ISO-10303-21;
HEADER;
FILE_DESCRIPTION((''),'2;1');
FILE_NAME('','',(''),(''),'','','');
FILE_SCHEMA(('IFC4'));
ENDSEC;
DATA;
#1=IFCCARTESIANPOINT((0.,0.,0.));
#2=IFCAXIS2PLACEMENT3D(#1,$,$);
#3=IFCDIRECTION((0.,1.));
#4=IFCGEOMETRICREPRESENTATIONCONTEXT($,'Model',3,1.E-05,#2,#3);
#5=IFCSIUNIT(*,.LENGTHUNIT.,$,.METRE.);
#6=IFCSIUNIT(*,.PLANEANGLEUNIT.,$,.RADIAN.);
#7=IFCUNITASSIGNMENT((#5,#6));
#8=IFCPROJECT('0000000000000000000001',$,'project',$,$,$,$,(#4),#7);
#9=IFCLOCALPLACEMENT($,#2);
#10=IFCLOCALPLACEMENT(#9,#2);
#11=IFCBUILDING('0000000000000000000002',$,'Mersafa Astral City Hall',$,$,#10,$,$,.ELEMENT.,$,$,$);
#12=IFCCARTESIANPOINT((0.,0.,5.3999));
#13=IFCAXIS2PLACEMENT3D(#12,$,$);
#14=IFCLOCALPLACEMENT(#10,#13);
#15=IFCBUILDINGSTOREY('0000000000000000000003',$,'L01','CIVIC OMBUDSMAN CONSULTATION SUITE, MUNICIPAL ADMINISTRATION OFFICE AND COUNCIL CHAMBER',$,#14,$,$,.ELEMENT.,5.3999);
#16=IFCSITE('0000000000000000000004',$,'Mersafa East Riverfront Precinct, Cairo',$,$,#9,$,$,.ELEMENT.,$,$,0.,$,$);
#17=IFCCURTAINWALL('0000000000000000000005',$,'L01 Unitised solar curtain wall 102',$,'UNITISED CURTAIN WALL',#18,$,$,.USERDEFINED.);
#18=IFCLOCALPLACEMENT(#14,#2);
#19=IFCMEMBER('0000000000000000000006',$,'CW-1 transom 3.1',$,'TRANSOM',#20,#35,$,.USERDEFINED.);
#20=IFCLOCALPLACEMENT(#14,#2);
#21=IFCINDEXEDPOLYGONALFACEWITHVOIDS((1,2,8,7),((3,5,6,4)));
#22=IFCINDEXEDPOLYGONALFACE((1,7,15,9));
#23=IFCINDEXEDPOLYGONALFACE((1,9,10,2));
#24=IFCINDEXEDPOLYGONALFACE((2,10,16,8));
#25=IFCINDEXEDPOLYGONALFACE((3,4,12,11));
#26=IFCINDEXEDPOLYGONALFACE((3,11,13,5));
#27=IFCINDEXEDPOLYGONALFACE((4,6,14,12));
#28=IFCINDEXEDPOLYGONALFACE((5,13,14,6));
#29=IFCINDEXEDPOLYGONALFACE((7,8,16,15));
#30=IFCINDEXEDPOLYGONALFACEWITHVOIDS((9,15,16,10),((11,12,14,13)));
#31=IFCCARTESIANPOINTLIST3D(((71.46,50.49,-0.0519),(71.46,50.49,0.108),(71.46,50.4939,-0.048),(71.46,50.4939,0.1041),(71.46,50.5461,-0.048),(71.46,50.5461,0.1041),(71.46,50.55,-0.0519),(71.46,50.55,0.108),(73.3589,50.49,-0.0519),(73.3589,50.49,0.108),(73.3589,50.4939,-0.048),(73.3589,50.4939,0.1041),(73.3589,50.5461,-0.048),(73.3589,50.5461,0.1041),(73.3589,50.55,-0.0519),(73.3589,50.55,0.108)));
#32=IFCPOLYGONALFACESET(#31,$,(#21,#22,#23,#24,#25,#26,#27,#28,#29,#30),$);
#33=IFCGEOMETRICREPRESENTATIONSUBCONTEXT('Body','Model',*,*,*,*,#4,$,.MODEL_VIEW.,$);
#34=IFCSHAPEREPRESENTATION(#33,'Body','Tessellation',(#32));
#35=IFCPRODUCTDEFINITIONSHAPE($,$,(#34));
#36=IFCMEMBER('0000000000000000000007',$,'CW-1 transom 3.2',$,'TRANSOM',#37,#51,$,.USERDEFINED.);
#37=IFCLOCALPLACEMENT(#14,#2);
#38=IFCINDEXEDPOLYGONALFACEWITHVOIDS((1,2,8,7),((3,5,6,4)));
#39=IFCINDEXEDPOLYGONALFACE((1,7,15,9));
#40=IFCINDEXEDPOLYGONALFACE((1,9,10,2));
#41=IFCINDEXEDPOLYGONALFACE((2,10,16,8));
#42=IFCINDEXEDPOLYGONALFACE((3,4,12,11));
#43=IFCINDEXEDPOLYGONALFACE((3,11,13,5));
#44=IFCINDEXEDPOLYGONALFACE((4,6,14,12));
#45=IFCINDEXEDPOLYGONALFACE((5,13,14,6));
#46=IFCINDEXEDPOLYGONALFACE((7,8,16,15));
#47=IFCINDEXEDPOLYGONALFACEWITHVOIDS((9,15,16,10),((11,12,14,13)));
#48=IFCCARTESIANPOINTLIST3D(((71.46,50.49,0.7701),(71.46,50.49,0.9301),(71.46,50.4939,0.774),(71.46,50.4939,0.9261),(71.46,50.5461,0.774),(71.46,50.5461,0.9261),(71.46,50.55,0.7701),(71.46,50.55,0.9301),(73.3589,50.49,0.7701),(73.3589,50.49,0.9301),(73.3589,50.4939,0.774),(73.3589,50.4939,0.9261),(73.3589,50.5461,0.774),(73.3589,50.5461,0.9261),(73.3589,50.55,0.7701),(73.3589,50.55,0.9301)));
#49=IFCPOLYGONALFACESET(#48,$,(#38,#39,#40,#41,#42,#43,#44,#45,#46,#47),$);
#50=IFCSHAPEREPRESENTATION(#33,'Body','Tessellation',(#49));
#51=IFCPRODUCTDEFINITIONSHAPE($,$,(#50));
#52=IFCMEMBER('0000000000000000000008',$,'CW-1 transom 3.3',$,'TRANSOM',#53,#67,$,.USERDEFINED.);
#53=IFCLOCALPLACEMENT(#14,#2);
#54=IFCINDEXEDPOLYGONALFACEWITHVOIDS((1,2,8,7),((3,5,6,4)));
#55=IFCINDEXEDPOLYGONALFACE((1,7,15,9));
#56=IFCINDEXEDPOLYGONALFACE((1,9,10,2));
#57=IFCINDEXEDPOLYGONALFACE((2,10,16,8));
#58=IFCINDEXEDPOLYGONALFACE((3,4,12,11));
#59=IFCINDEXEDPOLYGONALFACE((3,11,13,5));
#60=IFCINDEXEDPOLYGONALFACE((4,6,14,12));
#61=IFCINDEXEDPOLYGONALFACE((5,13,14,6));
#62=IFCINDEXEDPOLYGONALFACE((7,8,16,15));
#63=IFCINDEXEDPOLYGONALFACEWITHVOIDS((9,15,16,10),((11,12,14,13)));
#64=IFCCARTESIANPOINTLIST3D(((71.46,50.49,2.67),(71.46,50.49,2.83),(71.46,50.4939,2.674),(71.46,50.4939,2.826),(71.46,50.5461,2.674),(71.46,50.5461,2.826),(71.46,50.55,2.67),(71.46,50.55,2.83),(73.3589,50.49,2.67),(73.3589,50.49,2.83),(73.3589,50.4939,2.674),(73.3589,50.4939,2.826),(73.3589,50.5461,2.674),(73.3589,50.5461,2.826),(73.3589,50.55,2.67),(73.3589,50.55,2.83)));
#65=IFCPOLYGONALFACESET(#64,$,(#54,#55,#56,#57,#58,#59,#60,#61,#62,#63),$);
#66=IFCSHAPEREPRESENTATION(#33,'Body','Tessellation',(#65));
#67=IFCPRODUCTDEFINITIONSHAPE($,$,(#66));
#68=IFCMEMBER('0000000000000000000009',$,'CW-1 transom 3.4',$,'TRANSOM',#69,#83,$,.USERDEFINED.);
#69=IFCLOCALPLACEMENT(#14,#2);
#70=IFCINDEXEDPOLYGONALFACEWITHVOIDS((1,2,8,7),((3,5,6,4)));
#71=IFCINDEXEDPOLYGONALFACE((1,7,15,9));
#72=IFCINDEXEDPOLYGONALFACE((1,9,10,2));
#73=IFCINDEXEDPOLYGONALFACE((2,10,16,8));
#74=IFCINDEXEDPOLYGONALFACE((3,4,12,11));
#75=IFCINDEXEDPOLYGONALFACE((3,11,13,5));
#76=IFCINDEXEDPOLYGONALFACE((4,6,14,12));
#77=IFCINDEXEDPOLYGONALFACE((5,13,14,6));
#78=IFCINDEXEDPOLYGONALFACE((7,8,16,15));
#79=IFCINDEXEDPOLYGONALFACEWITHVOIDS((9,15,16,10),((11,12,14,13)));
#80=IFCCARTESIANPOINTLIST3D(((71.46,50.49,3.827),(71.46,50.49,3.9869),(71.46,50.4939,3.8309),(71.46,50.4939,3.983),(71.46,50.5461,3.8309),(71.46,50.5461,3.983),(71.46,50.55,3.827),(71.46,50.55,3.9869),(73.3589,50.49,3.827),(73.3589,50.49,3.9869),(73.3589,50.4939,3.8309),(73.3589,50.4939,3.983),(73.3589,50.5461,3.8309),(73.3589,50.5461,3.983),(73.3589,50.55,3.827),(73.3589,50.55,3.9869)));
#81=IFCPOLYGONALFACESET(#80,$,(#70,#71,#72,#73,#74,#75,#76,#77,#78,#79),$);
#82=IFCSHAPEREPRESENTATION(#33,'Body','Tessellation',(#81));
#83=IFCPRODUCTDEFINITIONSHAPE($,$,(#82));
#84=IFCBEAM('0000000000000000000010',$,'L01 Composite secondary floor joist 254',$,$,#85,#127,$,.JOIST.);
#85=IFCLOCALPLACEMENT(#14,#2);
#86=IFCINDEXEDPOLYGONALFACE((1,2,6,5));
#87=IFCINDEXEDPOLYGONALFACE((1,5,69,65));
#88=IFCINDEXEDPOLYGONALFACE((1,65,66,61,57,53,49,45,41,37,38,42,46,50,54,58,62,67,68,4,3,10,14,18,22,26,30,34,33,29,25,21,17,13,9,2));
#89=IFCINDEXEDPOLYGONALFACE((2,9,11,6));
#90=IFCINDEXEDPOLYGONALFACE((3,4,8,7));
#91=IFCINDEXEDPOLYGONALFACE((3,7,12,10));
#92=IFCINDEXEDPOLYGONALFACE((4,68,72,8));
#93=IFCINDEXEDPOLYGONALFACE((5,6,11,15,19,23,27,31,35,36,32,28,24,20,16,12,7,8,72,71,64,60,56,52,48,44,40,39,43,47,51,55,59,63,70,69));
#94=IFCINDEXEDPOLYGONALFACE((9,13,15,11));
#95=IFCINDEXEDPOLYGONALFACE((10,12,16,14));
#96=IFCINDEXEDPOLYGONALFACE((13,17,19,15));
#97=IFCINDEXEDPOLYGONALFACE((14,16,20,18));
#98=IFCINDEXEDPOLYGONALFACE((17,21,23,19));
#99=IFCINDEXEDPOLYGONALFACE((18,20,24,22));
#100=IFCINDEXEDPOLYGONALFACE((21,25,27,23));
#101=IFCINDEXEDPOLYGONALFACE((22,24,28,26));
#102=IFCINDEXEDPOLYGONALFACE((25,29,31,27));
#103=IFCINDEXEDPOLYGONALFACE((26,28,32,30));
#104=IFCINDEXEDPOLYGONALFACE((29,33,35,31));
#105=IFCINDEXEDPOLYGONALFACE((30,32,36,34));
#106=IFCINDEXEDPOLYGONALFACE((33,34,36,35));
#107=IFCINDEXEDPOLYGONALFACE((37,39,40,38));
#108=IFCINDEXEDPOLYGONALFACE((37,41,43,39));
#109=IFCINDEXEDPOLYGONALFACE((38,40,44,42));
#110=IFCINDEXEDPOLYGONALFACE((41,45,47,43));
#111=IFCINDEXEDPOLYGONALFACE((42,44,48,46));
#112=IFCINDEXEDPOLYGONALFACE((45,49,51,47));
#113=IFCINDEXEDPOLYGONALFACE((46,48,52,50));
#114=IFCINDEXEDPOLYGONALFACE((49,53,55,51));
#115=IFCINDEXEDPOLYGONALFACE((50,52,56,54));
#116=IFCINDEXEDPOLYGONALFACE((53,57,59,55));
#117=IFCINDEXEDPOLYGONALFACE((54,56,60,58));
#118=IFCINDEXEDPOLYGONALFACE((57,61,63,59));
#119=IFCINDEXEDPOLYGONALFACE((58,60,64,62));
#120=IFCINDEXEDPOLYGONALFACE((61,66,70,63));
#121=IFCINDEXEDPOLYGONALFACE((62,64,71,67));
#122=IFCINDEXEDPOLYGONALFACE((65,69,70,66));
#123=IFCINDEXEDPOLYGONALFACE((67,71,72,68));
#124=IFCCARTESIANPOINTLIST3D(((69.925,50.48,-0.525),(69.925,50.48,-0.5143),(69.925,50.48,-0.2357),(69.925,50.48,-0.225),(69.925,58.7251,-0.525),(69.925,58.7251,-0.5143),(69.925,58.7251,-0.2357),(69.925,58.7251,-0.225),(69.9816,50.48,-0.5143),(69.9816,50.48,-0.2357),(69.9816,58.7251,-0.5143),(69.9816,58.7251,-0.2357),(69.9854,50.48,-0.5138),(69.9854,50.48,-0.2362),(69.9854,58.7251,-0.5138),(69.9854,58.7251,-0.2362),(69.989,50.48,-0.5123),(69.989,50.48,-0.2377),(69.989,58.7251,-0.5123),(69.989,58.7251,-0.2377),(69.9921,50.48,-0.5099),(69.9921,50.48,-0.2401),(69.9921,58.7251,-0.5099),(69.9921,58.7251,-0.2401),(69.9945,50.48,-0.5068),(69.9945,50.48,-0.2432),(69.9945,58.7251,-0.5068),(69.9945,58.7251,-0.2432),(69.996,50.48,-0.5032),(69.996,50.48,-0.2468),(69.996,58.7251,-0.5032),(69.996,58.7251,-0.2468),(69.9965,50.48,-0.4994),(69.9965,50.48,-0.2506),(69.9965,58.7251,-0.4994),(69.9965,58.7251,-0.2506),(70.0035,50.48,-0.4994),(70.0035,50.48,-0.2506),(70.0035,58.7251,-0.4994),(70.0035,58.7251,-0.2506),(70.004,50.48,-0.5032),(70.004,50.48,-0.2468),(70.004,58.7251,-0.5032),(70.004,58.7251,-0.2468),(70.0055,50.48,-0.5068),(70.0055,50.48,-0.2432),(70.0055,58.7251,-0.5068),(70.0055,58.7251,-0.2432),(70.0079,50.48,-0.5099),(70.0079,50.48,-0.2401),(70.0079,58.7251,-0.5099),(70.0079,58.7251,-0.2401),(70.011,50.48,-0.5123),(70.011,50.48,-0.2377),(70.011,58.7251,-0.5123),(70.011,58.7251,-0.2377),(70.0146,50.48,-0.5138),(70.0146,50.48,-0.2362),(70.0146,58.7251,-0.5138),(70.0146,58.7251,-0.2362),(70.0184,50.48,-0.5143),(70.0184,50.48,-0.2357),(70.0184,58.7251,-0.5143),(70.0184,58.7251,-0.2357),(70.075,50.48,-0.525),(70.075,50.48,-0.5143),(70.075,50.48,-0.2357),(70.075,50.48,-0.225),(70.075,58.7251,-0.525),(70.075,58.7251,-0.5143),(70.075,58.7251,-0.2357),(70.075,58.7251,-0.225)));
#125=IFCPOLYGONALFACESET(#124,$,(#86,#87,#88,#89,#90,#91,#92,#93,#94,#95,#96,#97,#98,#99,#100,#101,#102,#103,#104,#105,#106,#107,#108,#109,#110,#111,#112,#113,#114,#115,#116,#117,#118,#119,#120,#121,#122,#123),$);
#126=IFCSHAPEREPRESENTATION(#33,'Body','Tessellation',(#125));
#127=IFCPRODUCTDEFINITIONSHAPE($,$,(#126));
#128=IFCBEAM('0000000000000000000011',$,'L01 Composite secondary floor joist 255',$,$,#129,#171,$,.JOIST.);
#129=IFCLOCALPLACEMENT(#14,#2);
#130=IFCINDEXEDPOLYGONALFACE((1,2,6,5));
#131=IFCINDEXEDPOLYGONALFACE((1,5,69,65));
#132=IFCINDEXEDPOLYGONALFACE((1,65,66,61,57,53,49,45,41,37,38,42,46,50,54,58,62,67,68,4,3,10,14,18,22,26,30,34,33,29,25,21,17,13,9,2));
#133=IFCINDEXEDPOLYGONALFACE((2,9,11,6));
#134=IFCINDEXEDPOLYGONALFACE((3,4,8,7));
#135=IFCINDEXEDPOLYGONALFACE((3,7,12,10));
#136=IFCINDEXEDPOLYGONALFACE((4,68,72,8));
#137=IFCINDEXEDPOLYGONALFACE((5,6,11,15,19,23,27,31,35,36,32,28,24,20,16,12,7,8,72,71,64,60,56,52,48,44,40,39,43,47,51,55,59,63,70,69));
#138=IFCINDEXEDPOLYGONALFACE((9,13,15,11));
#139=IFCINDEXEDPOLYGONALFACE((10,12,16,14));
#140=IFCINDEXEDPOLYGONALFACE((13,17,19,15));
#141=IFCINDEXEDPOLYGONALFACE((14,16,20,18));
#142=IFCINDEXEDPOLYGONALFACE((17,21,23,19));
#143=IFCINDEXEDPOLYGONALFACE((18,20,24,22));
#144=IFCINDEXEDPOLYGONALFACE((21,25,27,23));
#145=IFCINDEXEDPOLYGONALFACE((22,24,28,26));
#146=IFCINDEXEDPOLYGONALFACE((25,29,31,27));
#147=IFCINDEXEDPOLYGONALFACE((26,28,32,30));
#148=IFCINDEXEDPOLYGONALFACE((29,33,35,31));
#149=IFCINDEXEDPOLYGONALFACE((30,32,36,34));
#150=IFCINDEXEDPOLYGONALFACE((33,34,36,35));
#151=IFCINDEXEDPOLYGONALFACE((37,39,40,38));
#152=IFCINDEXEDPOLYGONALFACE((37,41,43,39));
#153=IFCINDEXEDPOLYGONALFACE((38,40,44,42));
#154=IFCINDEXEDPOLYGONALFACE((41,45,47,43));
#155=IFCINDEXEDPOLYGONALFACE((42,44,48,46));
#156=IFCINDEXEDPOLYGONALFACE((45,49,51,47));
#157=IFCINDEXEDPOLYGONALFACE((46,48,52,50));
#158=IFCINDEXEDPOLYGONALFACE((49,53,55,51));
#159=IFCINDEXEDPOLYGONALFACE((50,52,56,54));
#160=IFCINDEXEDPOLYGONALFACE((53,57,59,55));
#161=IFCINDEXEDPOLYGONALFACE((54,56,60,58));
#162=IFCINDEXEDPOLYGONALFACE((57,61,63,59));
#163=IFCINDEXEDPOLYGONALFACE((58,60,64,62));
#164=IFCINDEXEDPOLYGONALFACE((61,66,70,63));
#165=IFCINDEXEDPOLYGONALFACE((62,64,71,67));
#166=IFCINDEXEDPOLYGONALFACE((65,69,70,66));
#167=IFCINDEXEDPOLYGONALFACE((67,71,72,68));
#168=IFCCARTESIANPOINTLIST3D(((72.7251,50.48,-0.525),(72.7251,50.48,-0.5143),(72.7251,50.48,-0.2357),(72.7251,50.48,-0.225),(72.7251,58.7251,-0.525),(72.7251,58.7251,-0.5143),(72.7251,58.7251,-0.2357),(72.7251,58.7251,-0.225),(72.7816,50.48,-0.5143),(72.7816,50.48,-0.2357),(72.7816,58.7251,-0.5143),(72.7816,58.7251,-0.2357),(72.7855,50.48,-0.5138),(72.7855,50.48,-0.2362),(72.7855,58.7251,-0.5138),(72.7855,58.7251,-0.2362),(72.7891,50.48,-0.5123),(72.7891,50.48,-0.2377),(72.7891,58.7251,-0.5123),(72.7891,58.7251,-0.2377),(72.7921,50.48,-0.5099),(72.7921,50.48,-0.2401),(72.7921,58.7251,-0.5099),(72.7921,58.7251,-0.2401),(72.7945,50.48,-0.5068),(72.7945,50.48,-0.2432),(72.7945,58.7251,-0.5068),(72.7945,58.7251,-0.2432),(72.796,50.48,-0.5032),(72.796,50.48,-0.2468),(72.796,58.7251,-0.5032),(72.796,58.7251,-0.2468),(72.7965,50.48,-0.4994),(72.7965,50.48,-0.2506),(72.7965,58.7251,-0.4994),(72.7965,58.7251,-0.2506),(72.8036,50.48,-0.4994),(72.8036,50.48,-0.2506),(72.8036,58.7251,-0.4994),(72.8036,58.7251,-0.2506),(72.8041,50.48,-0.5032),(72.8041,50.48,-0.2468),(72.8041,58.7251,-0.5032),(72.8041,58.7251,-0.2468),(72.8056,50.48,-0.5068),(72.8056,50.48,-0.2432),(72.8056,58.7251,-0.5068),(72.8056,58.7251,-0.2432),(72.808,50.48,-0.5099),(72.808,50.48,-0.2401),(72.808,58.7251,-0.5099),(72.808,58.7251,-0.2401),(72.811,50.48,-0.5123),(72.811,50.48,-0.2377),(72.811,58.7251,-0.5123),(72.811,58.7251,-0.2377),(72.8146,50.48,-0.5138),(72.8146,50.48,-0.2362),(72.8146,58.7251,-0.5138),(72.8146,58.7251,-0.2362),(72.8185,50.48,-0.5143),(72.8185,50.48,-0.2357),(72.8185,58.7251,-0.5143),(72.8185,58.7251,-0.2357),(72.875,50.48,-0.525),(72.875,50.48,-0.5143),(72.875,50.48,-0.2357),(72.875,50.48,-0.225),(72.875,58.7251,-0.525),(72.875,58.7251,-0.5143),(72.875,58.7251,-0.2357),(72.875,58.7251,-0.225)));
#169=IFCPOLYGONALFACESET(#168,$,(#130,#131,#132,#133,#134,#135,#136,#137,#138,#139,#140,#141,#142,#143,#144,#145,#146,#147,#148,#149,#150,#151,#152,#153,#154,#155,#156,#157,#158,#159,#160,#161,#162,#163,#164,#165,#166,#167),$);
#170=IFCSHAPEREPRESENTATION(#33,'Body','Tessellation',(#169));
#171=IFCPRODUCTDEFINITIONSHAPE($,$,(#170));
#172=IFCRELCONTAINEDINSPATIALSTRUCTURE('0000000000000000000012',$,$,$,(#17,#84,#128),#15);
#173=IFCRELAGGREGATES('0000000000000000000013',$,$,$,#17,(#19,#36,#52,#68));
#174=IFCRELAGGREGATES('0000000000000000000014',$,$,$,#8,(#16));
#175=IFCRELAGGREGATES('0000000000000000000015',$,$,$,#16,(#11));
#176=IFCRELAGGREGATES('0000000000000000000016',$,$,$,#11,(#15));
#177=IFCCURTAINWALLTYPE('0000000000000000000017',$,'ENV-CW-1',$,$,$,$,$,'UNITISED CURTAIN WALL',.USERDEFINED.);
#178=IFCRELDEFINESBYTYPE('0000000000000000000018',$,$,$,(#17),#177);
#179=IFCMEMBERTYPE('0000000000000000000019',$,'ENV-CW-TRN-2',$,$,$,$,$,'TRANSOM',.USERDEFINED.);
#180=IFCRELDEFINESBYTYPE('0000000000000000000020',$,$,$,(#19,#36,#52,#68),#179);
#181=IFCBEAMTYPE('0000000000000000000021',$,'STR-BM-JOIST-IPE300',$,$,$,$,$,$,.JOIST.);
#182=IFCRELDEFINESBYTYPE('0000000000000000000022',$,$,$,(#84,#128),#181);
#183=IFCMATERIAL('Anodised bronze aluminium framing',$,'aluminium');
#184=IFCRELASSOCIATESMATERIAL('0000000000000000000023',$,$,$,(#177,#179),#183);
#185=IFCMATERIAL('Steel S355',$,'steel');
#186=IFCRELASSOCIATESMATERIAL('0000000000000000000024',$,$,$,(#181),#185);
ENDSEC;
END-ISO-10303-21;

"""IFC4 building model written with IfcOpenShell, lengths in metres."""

from ifc_helpers import new_model, si_unit, direction, frame, origin, origin_2d, place, context, subcontext, project, spatial, hollow_rectangle, i_section, extrude, material, material_profile, profile_set, type_object, element, aggregate, save


model = new_model("IFC4")

# Units and contexts
model_context = context("Model", 3, precision=1e-05, world=origin(), true_north=direction((0.0, 1.0)))
body_context = subcontext(model_context, "Body", "Model", "MODEL_VIEW")
ifc_project = project(units=[si_unit("LENGTHUNIT", "METRE"), si_unit("PLANEANGLEUNIT", "RADIAN")], contexts=[model_context])

# Site, building, storey
site_placement = place(None, origin())
site = spatial("IfcSite", under=ifc_project, at=site_placement, Name="Mersafa East Riverfront Precinct, Cairo", CompositionType="ELEMENT", RefElevation=0.0)
building_placement = place(site_placement, origin())
building = spatial("IfcBuilding", under=site, at=building_placement, Name="Mersafa Astral City Hall", CompositionType="ELEMENT")
storey_placement = place(building_placement, frame((0.0, 0.0, 5.3999)))
storey = spatial("IfcBuildingStorey", under=building, at=storey_placement, Name="L01", Description="CIVIC OMBUDSMAN CONSULTATION SUITE, MUNICIPAL ADMINISTRATION OFFICE AND COUNCIL CHAMBER", CompositionType="ELEMENT", Elevation=5.3999)

# Curtain wall, members
ifc_material_1 = material(Name="Anodised bronze aluminium framing", Category="aluminium")
curtain_wall_type = type_object("IfcCurtainWallType", Name="ENV-CW-1", ElementType="UNITISED CURTAIN WALL", PredefinedType="USERDEFINED", material=ifc_material_1)
curtain_wall_placement = place(storey_placement, origin())
curtain_wall = element("IfcCurtainWall", 1, at=curtain_wall_placement, inside=storey, type_object=curtain_wall_type, Name="L01 Unitised solar curtain wall 102", ObjectType="UNITISED CURTAIN WALL", PredefinedType="USERDEFINED")
ifc_material_profile_1 = material_profile(ifc_material_1, hollow_rectangle(XDim=0.0601, YDim=0.1599, WallThickness=0.0039, at=origin_2d()), Name="RHS 60x160x4")
ifc_profile_set_1 = profile_set([ifc_material_profile_1], Name="Anodised bronze aluminium framing")
member_type_1 = type_object("IfcMemberType", Name="ENV-CW-TRN-2", ElementType="TRANSOM", PredefinedType="USERDEFINED", material=ifc_profile_set_1)
member_1_placement = place(storey_placement, frame((71.46, 50.52, 0.0281), z_axis=(1.0, 0.0, 0.0), x_axis=(0.0, 1.0, 0.0)))
member_1 = element("IfcMember", 2, at=member_1_placement, type_object=member_type_1, Name="CW-1 transom 3.1", ObjectType="TRANSOM", PredefinedType="USERDEFINED", context=body_context, shape_type="SweptSolid", body=[
    extrude(hollow_rectangle(XDim=0.0601, YDim=0.1599, WallThickness=0.0039, at=origin_2d()), origin(), (0.0, 0.0, 1.0), 1.8989),
])
member_2_placement = place(storey_placement, frame((71.46, 50.52, 0.8501), z_axis=(1.0, 0.0, 0.0), x_axis=(0.0, 1.0, 0.0)))
member_2 = element("IfcMember", 3, at=member_2_placement, type_object=member_type_1, Name="CW-1 transom 3.2", ObjectType="TRANSOM", PredefinedType="USERDEFINED", context=body_context, shape_type="SweptSolid", body=[
    extrude(hollow_rectangle(XDim=0.0601, YDim=0.1599, WallThickness=0.0039, at=origin_2d()), origin(), (0.0, 0.0, 1.0), 1.8989),
])
member_3_placement = place(storey_placement, frame((71.46, 50.52, 2.75), z_axis=(1.0, 0.0, 0.0), x_axis=(0.0, 1.0, 0.0)))
member_3 = element("IfcMember", 4, at=member_3_placement, type_object=member_type_1, Name="CW-1 transom 3.3", ObjectType="TRANSOM", PredefinedType="USERDEFINED", context=body_context, shape_type="SweptSolid", body=[
    extrude(hollow_rectangle(XDim=0.0601, YDim=0.1599, WallThickness=0.0039, at=origin_2d()), origin(), (0.0, 0.0, 1.0), 1.8989),
])
member_4_placement = place(storey_placement, frame((71.46, 50.52, 3.907), z_axis=(1.0, 0.0, 0.0), x_axis=(0.0, 1.0, 0.0)))
member_4 = element("IfcMember", 5, at=member_4_placement, type_object=member_type_1, Name="CW-1 transom 3.4", ObjectType="TRANSOM", PredefinedType="USERDEFINED", context=body_context, shape_type="SweptSolid", body=[
    extrude(hollow_rectangle(XDim=0.0601, YDim=0.1599, WallThickness=0.0039, at=origin_2d()), origin(), (0.0, 0.0, 1.0), 1.8989),
])

# Beams
ifc_material_2 = material(Name="Steel S355", Category="steel")
ifc_material_profile_2 = material_profile(ifc_material_2, i_section(OverallWidth=0.1499, OverallDepth=0.3, WebThickness=0.0071, FlangeThickness=0.0107, FilletRadius=0.0149, at=origin_2d()), Name="IPE 300")
ifc_profile_set_2 = profile_set([ifc_material_profile_2], Name="Steel S355")
beam_type_1 = type_object("IfcBeamType", Name="STR-BM-JOIST-IPE300", PredefinedType="JOIST", material=ifc_profile_set_2)
for number, where, z_axis, x_axis, name in (
    (6, (70.0, 50.48, -0.375), (0.0, 1.0, 0.0), (-1.0, 0.0, 0.0), "L01 Composite secondary floor joist 254"),
    (7, (72.8, 50.48, -0.375), (0.0, 1.0, 0.0), (-1.0, 0.0, 0.0), "L01 Composite secondary floor joist 255"),
):
    element("IfcBeam", number, at=place(storey_placement, frame(where, z_axis=z_axis, x_axis=x_axis)), inside=storey, type_object=beam_type_1, Name=name, PredefinedType="JOIST", context=body_context, shape_type="SweptSolid", body=[
        extrude(i_section(OverallWidth=0.1499, OverallDepth=0.3, WebThickness=0.0071, FlangeThickness=0.0107, FilletRadius=0.0149, at=origin_2d()), origin(), (0.0, 0.0, 1.0), 8.2451),
    ])

aggregate(curtain_wall, [member_1, member_2, member_3, member_4])

save(model, "model.ifc")
